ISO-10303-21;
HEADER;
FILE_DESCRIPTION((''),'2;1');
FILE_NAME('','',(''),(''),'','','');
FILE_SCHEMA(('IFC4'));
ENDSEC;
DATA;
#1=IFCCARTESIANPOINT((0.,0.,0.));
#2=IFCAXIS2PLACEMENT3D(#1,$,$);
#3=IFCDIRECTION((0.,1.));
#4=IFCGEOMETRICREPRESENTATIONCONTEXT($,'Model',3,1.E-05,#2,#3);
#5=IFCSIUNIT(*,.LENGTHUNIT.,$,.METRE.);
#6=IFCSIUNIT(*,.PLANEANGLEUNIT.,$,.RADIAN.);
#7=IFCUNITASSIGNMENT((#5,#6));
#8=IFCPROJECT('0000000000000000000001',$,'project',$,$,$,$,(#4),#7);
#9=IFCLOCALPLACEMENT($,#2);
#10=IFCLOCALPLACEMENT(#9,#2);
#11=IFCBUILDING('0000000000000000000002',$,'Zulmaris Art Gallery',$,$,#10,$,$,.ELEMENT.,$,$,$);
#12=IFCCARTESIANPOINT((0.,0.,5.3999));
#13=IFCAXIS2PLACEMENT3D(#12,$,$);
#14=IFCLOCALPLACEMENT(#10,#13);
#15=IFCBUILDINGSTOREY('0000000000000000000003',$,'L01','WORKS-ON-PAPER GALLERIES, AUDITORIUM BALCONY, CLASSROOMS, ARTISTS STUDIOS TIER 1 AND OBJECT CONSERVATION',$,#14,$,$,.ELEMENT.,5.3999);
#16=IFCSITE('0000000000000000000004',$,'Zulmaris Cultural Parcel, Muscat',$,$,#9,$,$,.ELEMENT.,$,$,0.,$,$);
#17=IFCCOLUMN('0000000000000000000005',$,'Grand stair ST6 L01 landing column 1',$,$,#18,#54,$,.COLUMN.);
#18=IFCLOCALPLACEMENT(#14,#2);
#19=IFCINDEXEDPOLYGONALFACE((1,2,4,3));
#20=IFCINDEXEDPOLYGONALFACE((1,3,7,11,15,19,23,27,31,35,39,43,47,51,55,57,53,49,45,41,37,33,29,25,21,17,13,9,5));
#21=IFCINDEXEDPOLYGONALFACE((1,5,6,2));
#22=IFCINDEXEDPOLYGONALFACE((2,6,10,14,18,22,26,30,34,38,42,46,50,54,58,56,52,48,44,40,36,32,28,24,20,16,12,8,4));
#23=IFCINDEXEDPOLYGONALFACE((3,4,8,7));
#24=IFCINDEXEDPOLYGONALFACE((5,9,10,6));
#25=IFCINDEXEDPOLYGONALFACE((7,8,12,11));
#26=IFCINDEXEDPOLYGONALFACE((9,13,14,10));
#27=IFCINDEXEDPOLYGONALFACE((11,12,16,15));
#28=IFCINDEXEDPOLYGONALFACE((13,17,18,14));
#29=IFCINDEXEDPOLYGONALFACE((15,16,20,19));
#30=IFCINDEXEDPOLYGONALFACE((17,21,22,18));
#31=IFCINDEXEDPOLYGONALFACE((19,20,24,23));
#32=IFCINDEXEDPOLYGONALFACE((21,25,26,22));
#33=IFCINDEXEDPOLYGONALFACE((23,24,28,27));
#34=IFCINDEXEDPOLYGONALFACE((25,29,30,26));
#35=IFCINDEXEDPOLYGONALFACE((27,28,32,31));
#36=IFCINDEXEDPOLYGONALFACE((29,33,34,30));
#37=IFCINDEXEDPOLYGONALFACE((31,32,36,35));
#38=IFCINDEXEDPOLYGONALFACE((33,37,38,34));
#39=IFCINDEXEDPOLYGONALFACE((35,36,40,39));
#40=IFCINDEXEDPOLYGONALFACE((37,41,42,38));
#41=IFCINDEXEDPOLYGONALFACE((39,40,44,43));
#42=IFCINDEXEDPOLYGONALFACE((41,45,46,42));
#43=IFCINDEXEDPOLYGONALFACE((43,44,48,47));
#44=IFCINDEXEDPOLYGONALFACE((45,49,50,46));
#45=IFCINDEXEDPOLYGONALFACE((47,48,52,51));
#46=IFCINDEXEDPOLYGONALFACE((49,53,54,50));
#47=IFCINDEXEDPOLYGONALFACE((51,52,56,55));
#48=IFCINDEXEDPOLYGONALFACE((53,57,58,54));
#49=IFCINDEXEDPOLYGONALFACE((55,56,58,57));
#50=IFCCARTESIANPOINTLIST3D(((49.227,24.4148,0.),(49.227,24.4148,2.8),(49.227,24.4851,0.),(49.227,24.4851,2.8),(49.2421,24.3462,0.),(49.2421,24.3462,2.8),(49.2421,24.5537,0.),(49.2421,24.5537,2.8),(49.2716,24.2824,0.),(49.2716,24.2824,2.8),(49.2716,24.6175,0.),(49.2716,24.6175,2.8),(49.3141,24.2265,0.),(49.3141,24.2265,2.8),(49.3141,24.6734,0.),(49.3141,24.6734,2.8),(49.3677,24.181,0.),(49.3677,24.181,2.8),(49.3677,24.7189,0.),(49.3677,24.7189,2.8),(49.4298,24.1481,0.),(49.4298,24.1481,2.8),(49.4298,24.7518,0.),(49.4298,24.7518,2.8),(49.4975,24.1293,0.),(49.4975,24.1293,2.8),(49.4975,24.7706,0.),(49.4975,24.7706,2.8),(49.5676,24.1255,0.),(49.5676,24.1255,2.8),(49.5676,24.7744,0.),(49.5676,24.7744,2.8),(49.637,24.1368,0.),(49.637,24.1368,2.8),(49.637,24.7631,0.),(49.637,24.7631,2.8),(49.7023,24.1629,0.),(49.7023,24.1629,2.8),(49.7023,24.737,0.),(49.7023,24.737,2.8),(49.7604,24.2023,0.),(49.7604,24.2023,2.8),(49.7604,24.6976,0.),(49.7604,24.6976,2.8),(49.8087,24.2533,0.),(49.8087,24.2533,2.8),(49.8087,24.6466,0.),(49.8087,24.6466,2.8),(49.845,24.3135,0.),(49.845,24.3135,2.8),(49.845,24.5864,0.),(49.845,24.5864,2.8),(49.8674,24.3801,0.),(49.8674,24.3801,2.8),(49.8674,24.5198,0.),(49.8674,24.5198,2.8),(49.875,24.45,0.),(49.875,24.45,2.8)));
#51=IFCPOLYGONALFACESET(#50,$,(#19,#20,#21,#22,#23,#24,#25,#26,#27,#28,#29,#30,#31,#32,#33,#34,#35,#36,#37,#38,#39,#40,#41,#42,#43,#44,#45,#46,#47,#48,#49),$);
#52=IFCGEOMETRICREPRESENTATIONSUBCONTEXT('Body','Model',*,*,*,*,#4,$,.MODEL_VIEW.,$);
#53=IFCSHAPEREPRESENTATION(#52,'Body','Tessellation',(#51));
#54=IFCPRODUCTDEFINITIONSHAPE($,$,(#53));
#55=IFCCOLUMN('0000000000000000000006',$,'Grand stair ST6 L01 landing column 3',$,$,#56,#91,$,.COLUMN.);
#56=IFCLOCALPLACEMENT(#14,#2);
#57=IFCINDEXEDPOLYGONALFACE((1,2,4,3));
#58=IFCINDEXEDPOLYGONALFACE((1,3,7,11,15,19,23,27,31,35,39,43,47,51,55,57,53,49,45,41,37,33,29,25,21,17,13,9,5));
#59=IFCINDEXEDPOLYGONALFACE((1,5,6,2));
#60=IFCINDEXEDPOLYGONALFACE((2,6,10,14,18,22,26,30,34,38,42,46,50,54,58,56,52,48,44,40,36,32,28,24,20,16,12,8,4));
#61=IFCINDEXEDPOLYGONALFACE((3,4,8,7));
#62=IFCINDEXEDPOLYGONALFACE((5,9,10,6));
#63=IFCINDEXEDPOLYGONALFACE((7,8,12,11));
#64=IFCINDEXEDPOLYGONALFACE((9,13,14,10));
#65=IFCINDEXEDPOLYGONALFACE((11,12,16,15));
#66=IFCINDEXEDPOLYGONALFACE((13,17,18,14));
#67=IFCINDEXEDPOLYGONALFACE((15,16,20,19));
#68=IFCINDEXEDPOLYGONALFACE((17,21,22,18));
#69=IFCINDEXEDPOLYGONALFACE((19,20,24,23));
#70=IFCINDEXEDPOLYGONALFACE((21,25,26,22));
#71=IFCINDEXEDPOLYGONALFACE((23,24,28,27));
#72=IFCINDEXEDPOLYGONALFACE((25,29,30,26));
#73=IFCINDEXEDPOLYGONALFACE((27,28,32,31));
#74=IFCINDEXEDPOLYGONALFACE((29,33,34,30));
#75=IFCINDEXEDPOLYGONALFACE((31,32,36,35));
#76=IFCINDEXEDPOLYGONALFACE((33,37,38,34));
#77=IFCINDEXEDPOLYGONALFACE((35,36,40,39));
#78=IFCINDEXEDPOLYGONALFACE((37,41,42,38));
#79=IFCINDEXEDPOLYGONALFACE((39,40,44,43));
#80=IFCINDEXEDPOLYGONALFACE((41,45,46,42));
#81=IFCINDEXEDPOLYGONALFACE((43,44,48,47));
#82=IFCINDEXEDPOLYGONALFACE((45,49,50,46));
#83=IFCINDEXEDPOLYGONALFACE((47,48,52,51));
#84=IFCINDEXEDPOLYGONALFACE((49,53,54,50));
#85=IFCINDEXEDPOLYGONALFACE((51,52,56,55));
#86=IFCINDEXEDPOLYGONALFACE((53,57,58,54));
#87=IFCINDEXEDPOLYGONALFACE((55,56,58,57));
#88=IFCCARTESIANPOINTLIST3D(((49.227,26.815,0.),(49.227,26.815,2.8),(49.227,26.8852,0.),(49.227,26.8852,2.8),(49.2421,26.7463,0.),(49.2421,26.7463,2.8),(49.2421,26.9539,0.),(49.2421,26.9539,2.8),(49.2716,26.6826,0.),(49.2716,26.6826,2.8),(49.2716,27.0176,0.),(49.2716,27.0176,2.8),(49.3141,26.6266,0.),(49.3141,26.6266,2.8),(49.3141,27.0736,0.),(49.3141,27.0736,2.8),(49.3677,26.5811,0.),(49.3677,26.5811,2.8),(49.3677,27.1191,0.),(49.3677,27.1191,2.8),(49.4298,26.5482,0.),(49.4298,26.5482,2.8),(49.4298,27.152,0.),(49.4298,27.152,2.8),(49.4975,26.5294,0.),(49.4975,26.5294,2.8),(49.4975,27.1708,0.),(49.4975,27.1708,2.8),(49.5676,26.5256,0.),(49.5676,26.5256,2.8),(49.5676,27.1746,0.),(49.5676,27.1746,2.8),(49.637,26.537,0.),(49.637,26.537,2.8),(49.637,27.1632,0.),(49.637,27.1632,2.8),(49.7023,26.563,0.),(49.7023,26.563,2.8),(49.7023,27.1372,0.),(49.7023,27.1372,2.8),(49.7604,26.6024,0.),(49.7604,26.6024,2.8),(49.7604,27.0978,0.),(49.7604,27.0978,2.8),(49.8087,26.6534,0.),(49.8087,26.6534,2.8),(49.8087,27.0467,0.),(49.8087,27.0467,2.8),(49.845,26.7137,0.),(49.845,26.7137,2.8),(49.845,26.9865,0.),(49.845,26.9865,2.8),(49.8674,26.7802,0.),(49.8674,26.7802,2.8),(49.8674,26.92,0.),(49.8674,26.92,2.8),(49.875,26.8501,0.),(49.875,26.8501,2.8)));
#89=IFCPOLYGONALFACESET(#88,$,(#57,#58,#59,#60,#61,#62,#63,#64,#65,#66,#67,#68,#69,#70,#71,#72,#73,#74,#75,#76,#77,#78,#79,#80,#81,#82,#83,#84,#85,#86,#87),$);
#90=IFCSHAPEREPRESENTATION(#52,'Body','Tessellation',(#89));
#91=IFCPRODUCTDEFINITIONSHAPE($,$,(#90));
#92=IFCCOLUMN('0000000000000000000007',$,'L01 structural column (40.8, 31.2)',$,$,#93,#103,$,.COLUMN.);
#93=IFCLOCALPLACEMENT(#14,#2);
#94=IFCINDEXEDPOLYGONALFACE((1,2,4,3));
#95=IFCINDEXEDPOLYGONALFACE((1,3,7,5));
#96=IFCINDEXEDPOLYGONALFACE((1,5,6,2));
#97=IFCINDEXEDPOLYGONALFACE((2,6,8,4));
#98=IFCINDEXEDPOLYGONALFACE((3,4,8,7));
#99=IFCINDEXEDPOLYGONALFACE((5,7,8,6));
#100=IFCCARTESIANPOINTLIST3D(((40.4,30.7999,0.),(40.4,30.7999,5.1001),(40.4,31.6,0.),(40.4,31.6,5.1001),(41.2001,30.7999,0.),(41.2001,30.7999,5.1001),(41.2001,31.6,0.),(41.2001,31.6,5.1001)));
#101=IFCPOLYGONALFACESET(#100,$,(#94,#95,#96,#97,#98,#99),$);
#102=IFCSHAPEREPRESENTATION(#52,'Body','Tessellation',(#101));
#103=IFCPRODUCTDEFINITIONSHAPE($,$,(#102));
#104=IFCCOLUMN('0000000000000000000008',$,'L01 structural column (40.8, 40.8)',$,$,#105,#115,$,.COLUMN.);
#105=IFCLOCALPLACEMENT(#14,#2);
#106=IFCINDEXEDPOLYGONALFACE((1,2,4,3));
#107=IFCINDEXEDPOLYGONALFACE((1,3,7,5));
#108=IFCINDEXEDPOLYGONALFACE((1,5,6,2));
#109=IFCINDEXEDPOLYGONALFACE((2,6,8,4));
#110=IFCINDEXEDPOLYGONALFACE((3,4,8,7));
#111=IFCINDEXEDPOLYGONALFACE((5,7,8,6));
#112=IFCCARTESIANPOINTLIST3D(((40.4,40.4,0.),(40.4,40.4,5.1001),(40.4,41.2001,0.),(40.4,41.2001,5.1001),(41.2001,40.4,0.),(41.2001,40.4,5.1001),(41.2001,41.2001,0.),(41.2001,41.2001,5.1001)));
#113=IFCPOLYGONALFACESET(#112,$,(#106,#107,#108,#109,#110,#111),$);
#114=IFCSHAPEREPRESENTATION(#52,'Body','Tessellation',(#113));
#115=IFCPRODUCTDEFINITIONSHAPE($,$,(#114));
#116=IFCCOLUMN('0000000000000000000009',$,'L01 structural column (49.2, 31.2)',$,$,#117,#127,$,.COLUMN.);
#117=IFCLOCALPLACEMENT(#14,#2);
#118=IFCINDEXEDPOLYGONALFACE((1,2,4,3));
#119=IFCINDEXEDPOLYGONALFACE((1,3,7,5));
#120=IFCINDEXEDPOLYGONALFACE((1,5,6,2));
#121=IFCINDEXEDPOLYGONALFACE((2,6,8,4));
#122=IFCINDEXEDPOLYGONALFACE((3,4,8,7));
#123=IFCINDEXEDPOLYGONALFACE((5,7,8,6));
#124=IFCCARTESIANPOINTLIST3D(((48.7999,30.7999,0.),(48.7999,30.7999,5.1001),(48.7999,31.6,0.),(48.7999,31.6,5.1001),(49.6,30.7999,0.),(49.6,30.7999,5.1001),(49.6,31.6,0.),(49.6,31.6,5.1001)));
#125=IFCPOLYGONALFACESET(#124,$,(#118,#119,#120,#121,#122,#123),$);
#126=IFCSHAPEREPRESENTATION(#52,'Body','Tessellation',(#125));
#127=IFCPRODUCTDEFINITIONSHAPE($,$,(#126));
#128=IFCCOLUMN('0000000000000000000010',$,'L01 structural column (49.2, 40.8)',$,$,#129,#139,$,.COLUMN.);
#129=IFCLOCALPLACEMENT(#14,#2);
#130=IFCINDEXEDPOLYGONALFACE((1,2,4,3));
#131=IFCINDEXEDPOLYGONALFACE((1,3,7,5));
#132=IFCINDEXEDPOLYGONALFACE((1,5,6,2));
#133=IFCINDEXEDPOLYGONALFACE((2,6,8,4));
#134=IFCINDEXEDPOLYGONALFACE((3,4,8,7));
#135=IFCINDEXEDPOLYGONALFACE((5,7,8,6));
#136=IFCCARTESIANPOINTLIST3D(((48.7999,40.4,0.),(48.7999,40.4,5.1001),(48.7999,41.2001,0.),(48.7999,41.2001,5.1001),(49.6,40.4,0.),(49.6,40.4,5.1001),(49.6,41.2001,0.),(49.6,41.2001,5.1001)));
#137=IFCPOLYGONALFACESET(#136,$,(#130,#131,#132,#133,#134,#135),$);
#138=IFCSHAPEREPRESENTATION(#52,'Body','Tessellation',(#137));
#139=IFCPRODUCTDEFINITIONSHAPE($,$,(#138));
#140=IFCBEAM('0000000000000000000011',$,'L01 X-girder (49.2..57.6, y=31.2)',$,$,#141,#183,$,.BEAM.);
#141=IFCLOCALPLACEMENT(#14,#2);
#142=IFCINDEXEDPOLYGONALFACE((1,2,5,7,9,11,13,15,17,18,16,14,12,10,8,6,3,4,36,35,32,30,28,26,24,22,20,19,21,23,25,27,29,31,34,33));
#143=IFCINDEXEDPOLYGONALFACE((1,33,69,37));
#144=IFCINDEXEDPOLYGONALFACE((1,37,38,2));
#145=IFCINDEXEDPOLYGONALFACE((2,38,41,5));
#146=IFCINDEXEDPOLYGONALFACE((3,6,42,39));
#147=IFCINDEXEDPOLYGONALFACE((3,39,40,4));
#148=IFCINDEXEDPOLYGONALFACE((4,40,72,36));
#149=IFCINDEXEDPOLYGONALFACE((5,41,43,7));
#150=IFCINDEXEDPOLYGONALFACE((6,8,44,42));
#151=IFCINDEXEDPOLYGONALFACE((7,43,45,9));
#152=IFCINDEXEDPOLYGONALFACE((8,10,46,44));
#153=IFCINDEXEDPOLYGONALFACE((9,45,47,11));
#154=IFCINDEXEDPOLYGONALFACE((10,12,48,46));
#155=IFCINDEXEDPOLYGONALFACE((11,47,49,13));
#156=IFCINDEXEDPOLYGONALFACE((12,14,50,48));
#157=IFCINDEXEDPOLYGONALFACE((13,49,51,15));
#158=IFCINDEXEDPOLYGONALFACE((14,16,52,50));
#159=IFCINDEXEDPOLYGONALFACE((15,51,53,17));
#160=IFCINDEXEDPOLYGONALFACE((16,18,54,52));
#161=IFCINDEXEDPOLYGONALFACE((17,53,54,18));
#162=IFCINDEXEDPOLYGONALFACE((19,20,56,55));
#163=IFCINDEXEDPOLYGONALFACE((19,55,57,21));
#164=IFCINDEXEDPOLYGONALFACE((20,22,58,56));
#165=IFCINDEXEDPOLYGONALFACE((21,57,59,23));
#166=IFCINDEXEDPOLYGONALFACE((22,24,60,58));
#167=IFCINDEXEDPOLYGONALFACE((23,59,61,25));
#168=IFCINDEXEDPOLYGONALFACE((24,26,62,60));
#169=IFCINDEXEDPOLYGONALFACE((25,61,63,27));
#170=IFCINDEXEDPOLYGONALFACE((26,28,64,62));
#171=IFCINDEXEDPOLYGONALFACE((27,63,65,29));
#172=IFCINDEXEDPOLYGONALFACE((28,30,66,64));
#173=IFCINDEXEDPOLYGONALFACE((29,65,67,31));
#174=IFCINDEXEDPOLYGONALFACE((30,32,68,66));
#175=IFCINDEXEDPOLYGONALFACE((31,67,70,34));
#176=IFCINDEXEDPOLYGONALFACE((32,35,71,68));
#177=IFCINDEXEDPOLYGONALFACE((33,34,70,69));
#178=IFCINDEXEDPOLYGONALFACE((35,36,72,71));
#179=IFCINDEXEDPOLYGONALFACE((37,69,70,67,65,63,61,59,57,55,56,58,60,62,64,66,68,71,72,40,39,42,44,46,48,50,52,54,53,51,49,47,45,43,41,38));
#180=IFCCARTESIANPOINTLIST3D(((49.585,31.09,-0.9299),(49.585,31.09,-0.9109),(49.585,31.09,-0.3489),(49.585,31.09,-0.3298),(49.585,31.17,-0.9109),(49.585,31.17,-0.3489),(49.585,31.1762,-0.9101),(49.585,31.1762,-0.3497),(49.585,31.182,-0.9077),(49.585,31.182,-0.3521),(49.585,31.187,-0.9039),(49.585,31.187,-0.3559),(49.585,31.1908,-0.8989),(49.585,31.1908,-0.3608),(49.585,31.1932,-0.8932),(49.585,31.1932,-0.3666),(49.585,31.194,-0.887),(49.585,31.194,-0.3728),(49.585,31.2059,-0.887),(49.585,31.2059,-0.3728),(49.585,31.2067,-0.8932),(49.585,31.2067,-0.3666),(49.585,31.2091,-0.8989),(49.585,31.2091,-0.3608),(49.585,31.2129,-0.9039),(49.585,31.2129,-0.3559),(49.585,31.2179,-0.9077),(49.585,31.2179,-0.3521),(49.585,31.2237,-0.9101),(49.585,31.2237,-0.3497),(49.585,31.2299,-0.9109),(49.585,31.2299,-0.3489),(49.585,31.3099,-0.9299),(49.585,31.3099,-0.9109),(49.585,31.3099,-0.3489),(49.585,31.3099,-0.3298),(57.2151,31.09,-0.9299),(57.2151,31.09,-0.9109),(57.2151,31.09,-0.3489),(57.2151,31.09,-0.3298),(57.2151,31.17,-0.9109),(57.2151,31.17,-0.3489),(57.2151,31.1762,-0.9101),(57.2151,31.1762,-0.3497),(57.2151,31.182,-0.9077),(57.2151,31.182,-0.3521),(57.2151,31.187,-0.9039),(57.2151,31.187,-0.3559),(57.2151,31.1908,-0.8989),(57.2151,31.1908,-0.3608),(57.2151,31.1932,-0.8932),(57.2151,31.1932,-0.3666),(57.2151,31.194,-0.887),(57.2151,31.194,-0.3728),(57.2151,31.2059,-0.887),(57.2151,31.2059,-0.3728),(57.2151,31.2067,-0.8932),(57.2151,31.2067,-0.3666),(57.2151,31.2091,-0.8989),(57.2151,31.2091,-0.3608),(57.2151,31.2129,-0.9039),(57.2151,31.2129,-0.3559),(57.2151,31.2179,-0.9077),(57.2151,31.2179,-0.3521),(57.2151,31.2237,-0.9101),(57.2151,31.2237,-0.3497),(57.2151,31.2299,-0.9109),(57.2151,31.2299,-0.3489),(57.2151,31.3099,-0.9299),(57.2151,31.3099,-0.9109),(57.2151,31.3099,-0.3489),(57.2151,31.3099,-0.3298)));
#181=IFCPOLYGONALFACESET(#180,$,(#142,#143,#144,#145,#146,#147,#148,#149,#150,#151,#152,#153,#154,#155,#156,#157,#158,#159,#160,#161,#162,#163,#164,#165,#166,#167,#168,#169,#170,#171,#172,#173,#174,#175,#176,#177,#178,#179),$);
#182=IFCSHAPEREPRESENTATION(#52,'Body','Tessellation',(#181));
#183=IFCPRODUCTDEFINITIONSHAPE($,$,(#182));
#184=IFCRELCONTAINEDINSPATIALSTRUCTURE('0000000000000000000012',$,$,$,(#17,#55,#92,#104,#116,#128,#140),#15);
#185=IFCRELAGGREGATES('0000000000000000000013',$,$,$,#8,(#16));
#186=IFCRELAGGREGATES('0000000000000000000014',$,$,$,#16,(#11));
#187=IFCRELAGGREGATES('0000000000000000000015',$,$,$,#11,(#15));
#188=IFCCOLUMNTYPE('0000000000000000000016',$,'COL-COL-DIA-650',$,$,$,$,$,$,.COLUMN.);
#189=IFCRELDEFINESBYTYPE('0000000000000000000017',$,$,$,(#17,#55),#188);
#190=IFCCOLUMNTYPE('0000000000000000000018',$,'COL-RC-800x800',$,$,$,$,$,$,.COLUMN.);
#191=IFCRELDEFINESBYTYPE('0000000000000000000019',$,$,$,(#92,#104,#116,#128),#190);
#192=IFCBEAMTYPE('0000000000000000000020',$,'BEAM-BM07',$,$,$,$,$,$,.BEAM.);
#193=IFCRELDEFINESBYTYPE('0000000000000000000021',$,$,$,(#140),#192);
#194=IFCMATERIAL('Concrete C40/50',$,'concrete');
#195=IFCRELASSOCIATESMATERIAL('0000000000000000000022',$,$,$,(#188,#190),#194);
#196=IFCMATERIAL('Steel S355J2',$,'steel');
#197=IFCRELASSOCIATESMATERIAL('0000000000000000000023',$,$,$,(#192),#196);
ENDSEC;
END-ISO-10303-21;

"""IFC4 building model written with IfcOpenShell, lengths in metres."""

from ifc_helpers import new_model, si_unit, direction, frame, origin, origin_2d, place, context, subcontext, project, spatial, rectangle, circle, i_section, extrude, material, material_profile, profile_set, type_object, element, save


model = new_model("IFC4")

# Units and contexts
model_context = context("Model", 3, precision=1e-05, world=origin(), true_north=direction((0.0, 1.0)))
body_context = subcontext(model_context, "Body", "Model", "MODEL_VIEW")
ifc_project = project(units=[si_unit("LENGTHUNIT", "METRE"), si_unit("PLANEANGLEUNIT", "RADIAN")], contexts=[model_context])

# Site, building, storey
site_placement = place(None, origin())
site = spatial("IfcSite", under=ifc_project, at=site_placement, Name="Zulmaris Cultural Parcel, Muscat", CompositionType="ELEMENT", RefElevation=0.0)
building_placement = place(site_placement, origin())
building = spatial("IfcBuilding", under=site, at=building_placement, Name="Zulmaris Art Gallery", CompositionType="ELEMENT")
storey_placement = place(building_placement, frame((0.0, 0.0, 5.3999)))
storey = spatial("IfcBuildingStorey", under=building, at=storey_placement, Name="L01", Description="WORKS-ON-PAPER GALLERIES, AUDITORIUM BALCONY, CLASSROOMS, ARTISTS STUDIOS TIER 1 AND OBJECT CONSERVATION", CompositionType="ELEMENT", Elevation=5.3999)

# Columns
ifc_material_1 = material(Name="Concrete C40/50", Category="concrete")
ifc_material_profile_1 = material_profile(ifc_material_1, circle(Radius=0.325, at=origin_2d()), Name="COL DIA 650")
ifc_profile_set_1 = profile_set([ifc_material_profile_1], Name="Concrete C40/50")
column_type_1 = type_object("IfcColumnType", Name="COL-COL-DIA-650", PredefinedType="COLUMN", material=ifc_profile_set_1)
for number, where, z_axis, x_axis, name in (
    (1, (49.55, 24.45, 0.0), (0.0, 0.0, 1.0), (1.0, 0.0, 0.0), "Grand stair ST6 L01 landing column 1"),
    (2, (49.55, 26.8501, 0.0), (0.0, 0.0, 1.0), (1.0, 0.0, 0.0), "Grand stair ST6 L01 landing column 3"),
):
    element("IfcColumn", number, at=place(storey_placement, frame(where, z_axis=z_axis, x_axis=x_axis)), inside=storey, type_object=column_type_1, Name=name, PredefinedType="COLUMN", context=body_context, shape_type="SweptSolid", body=[
        extrude(circle(Radius=0.325, at=origin_2d()), origin(), (0.0, 0.0, 1.0), 2.8),
    ])
ifc_material_profile_2 = material_profile(ifc_material_1, rectangle(XDim=0.8, YDim=0.8, at=origin_2d()), Name="RC 800x800")
ifc_profile_set_2 = profile_set([ifc_material_profile_2], Name="Concrete C40/50")
column_type_2 = type_object("IfcColumnType", Name="COL-RC-800x800", PredefinedType="COLUMN", material=ifc_profile_set_2)
for number, where, z_axis, x_axis, name in (
    (3, (40.8, 31.2, 0.0), (0.0, 0.0, 1.0), (1.0, 0.0, 0.0), "L01 structural column (40.8, 31.2)"),
    (4, (40.8, 40.8, 0.0), (0.0, 0.0, 1.0), (1.0, 0.0, 0.0), "L01 structural column (40.8, 40.8)"),
    (5, (49.2, 31.2, 0.0), (0.0, 0.0, 1.0), (1.0, 0.0, 0.0), "L01 structural column (49.2, 31.2)"),
    (6, (49.2, 40.8, 0.0), (0.0, 0.0, 1.0), (1.0, 0.0, 0.0), "L01 structural column (49.2, 40.8)"),
):
    element("IfcColumn", number, at=place(storey_placement, frame(where, z_axis=z_axis, x_axis=x_axis)), inside=storey, type_object=column_type_2, Name=name, PredefinedType="COLUMN", context=body_context, shape_type="SweptSolid", body=[
        extrude(rectangle(XDim=0.8, YDim=0.8, at=origin_2d()), origin(), (0.0, 0.0, 1.0), 5.1001),
    ])

# Beam
ifc_material_2 = material(Name="Steel S355J2", Category="steel")
ifc_material_profile_3 = material_profile(ifc_material_2, i_section(OverallWidth=0.22, OverallDepth=0.6001, WebThickness=0.012, FlangeThickness=0.019, FilletRadius=0.0239, at=origin_2d()), Name="IPE 600")
ifc_profile_set_3 = profile_set([ifc_material_profile_3], Name="Steel S355J2")
beam_type_1 = type_object("IfcBeamType", Name="BEAM-BM07", PredefinedType="BEAM", material=ifc_profile_set_3)
beam_1_placement = place(storey_placement, frame((49.585, 31.2, -0.6299), z_axis=(1.0, 0.0, 0.0), x_axis=(0.0, 1.0, 0.0)))
element("IfcBeam", 7, at=beam_1_placement, inside=storey, type_object=beam_type_1, Name="L01 X-girder (49.2..57.6, y=31.2)", PredefinedType="BEAM", context=body_context, shape_type="SweptSolid", body=[
    extrude(i_section(OverallWidth=0.22, OverallDepth=0.6001, WebThickness=0.012, FlangeThickness=0.019, FilletRadius=0.0239, at=origin_2d()), origin(), (0.0, 0.0, 1.0), 7.6301),
])

save(model, "model.ifc")
